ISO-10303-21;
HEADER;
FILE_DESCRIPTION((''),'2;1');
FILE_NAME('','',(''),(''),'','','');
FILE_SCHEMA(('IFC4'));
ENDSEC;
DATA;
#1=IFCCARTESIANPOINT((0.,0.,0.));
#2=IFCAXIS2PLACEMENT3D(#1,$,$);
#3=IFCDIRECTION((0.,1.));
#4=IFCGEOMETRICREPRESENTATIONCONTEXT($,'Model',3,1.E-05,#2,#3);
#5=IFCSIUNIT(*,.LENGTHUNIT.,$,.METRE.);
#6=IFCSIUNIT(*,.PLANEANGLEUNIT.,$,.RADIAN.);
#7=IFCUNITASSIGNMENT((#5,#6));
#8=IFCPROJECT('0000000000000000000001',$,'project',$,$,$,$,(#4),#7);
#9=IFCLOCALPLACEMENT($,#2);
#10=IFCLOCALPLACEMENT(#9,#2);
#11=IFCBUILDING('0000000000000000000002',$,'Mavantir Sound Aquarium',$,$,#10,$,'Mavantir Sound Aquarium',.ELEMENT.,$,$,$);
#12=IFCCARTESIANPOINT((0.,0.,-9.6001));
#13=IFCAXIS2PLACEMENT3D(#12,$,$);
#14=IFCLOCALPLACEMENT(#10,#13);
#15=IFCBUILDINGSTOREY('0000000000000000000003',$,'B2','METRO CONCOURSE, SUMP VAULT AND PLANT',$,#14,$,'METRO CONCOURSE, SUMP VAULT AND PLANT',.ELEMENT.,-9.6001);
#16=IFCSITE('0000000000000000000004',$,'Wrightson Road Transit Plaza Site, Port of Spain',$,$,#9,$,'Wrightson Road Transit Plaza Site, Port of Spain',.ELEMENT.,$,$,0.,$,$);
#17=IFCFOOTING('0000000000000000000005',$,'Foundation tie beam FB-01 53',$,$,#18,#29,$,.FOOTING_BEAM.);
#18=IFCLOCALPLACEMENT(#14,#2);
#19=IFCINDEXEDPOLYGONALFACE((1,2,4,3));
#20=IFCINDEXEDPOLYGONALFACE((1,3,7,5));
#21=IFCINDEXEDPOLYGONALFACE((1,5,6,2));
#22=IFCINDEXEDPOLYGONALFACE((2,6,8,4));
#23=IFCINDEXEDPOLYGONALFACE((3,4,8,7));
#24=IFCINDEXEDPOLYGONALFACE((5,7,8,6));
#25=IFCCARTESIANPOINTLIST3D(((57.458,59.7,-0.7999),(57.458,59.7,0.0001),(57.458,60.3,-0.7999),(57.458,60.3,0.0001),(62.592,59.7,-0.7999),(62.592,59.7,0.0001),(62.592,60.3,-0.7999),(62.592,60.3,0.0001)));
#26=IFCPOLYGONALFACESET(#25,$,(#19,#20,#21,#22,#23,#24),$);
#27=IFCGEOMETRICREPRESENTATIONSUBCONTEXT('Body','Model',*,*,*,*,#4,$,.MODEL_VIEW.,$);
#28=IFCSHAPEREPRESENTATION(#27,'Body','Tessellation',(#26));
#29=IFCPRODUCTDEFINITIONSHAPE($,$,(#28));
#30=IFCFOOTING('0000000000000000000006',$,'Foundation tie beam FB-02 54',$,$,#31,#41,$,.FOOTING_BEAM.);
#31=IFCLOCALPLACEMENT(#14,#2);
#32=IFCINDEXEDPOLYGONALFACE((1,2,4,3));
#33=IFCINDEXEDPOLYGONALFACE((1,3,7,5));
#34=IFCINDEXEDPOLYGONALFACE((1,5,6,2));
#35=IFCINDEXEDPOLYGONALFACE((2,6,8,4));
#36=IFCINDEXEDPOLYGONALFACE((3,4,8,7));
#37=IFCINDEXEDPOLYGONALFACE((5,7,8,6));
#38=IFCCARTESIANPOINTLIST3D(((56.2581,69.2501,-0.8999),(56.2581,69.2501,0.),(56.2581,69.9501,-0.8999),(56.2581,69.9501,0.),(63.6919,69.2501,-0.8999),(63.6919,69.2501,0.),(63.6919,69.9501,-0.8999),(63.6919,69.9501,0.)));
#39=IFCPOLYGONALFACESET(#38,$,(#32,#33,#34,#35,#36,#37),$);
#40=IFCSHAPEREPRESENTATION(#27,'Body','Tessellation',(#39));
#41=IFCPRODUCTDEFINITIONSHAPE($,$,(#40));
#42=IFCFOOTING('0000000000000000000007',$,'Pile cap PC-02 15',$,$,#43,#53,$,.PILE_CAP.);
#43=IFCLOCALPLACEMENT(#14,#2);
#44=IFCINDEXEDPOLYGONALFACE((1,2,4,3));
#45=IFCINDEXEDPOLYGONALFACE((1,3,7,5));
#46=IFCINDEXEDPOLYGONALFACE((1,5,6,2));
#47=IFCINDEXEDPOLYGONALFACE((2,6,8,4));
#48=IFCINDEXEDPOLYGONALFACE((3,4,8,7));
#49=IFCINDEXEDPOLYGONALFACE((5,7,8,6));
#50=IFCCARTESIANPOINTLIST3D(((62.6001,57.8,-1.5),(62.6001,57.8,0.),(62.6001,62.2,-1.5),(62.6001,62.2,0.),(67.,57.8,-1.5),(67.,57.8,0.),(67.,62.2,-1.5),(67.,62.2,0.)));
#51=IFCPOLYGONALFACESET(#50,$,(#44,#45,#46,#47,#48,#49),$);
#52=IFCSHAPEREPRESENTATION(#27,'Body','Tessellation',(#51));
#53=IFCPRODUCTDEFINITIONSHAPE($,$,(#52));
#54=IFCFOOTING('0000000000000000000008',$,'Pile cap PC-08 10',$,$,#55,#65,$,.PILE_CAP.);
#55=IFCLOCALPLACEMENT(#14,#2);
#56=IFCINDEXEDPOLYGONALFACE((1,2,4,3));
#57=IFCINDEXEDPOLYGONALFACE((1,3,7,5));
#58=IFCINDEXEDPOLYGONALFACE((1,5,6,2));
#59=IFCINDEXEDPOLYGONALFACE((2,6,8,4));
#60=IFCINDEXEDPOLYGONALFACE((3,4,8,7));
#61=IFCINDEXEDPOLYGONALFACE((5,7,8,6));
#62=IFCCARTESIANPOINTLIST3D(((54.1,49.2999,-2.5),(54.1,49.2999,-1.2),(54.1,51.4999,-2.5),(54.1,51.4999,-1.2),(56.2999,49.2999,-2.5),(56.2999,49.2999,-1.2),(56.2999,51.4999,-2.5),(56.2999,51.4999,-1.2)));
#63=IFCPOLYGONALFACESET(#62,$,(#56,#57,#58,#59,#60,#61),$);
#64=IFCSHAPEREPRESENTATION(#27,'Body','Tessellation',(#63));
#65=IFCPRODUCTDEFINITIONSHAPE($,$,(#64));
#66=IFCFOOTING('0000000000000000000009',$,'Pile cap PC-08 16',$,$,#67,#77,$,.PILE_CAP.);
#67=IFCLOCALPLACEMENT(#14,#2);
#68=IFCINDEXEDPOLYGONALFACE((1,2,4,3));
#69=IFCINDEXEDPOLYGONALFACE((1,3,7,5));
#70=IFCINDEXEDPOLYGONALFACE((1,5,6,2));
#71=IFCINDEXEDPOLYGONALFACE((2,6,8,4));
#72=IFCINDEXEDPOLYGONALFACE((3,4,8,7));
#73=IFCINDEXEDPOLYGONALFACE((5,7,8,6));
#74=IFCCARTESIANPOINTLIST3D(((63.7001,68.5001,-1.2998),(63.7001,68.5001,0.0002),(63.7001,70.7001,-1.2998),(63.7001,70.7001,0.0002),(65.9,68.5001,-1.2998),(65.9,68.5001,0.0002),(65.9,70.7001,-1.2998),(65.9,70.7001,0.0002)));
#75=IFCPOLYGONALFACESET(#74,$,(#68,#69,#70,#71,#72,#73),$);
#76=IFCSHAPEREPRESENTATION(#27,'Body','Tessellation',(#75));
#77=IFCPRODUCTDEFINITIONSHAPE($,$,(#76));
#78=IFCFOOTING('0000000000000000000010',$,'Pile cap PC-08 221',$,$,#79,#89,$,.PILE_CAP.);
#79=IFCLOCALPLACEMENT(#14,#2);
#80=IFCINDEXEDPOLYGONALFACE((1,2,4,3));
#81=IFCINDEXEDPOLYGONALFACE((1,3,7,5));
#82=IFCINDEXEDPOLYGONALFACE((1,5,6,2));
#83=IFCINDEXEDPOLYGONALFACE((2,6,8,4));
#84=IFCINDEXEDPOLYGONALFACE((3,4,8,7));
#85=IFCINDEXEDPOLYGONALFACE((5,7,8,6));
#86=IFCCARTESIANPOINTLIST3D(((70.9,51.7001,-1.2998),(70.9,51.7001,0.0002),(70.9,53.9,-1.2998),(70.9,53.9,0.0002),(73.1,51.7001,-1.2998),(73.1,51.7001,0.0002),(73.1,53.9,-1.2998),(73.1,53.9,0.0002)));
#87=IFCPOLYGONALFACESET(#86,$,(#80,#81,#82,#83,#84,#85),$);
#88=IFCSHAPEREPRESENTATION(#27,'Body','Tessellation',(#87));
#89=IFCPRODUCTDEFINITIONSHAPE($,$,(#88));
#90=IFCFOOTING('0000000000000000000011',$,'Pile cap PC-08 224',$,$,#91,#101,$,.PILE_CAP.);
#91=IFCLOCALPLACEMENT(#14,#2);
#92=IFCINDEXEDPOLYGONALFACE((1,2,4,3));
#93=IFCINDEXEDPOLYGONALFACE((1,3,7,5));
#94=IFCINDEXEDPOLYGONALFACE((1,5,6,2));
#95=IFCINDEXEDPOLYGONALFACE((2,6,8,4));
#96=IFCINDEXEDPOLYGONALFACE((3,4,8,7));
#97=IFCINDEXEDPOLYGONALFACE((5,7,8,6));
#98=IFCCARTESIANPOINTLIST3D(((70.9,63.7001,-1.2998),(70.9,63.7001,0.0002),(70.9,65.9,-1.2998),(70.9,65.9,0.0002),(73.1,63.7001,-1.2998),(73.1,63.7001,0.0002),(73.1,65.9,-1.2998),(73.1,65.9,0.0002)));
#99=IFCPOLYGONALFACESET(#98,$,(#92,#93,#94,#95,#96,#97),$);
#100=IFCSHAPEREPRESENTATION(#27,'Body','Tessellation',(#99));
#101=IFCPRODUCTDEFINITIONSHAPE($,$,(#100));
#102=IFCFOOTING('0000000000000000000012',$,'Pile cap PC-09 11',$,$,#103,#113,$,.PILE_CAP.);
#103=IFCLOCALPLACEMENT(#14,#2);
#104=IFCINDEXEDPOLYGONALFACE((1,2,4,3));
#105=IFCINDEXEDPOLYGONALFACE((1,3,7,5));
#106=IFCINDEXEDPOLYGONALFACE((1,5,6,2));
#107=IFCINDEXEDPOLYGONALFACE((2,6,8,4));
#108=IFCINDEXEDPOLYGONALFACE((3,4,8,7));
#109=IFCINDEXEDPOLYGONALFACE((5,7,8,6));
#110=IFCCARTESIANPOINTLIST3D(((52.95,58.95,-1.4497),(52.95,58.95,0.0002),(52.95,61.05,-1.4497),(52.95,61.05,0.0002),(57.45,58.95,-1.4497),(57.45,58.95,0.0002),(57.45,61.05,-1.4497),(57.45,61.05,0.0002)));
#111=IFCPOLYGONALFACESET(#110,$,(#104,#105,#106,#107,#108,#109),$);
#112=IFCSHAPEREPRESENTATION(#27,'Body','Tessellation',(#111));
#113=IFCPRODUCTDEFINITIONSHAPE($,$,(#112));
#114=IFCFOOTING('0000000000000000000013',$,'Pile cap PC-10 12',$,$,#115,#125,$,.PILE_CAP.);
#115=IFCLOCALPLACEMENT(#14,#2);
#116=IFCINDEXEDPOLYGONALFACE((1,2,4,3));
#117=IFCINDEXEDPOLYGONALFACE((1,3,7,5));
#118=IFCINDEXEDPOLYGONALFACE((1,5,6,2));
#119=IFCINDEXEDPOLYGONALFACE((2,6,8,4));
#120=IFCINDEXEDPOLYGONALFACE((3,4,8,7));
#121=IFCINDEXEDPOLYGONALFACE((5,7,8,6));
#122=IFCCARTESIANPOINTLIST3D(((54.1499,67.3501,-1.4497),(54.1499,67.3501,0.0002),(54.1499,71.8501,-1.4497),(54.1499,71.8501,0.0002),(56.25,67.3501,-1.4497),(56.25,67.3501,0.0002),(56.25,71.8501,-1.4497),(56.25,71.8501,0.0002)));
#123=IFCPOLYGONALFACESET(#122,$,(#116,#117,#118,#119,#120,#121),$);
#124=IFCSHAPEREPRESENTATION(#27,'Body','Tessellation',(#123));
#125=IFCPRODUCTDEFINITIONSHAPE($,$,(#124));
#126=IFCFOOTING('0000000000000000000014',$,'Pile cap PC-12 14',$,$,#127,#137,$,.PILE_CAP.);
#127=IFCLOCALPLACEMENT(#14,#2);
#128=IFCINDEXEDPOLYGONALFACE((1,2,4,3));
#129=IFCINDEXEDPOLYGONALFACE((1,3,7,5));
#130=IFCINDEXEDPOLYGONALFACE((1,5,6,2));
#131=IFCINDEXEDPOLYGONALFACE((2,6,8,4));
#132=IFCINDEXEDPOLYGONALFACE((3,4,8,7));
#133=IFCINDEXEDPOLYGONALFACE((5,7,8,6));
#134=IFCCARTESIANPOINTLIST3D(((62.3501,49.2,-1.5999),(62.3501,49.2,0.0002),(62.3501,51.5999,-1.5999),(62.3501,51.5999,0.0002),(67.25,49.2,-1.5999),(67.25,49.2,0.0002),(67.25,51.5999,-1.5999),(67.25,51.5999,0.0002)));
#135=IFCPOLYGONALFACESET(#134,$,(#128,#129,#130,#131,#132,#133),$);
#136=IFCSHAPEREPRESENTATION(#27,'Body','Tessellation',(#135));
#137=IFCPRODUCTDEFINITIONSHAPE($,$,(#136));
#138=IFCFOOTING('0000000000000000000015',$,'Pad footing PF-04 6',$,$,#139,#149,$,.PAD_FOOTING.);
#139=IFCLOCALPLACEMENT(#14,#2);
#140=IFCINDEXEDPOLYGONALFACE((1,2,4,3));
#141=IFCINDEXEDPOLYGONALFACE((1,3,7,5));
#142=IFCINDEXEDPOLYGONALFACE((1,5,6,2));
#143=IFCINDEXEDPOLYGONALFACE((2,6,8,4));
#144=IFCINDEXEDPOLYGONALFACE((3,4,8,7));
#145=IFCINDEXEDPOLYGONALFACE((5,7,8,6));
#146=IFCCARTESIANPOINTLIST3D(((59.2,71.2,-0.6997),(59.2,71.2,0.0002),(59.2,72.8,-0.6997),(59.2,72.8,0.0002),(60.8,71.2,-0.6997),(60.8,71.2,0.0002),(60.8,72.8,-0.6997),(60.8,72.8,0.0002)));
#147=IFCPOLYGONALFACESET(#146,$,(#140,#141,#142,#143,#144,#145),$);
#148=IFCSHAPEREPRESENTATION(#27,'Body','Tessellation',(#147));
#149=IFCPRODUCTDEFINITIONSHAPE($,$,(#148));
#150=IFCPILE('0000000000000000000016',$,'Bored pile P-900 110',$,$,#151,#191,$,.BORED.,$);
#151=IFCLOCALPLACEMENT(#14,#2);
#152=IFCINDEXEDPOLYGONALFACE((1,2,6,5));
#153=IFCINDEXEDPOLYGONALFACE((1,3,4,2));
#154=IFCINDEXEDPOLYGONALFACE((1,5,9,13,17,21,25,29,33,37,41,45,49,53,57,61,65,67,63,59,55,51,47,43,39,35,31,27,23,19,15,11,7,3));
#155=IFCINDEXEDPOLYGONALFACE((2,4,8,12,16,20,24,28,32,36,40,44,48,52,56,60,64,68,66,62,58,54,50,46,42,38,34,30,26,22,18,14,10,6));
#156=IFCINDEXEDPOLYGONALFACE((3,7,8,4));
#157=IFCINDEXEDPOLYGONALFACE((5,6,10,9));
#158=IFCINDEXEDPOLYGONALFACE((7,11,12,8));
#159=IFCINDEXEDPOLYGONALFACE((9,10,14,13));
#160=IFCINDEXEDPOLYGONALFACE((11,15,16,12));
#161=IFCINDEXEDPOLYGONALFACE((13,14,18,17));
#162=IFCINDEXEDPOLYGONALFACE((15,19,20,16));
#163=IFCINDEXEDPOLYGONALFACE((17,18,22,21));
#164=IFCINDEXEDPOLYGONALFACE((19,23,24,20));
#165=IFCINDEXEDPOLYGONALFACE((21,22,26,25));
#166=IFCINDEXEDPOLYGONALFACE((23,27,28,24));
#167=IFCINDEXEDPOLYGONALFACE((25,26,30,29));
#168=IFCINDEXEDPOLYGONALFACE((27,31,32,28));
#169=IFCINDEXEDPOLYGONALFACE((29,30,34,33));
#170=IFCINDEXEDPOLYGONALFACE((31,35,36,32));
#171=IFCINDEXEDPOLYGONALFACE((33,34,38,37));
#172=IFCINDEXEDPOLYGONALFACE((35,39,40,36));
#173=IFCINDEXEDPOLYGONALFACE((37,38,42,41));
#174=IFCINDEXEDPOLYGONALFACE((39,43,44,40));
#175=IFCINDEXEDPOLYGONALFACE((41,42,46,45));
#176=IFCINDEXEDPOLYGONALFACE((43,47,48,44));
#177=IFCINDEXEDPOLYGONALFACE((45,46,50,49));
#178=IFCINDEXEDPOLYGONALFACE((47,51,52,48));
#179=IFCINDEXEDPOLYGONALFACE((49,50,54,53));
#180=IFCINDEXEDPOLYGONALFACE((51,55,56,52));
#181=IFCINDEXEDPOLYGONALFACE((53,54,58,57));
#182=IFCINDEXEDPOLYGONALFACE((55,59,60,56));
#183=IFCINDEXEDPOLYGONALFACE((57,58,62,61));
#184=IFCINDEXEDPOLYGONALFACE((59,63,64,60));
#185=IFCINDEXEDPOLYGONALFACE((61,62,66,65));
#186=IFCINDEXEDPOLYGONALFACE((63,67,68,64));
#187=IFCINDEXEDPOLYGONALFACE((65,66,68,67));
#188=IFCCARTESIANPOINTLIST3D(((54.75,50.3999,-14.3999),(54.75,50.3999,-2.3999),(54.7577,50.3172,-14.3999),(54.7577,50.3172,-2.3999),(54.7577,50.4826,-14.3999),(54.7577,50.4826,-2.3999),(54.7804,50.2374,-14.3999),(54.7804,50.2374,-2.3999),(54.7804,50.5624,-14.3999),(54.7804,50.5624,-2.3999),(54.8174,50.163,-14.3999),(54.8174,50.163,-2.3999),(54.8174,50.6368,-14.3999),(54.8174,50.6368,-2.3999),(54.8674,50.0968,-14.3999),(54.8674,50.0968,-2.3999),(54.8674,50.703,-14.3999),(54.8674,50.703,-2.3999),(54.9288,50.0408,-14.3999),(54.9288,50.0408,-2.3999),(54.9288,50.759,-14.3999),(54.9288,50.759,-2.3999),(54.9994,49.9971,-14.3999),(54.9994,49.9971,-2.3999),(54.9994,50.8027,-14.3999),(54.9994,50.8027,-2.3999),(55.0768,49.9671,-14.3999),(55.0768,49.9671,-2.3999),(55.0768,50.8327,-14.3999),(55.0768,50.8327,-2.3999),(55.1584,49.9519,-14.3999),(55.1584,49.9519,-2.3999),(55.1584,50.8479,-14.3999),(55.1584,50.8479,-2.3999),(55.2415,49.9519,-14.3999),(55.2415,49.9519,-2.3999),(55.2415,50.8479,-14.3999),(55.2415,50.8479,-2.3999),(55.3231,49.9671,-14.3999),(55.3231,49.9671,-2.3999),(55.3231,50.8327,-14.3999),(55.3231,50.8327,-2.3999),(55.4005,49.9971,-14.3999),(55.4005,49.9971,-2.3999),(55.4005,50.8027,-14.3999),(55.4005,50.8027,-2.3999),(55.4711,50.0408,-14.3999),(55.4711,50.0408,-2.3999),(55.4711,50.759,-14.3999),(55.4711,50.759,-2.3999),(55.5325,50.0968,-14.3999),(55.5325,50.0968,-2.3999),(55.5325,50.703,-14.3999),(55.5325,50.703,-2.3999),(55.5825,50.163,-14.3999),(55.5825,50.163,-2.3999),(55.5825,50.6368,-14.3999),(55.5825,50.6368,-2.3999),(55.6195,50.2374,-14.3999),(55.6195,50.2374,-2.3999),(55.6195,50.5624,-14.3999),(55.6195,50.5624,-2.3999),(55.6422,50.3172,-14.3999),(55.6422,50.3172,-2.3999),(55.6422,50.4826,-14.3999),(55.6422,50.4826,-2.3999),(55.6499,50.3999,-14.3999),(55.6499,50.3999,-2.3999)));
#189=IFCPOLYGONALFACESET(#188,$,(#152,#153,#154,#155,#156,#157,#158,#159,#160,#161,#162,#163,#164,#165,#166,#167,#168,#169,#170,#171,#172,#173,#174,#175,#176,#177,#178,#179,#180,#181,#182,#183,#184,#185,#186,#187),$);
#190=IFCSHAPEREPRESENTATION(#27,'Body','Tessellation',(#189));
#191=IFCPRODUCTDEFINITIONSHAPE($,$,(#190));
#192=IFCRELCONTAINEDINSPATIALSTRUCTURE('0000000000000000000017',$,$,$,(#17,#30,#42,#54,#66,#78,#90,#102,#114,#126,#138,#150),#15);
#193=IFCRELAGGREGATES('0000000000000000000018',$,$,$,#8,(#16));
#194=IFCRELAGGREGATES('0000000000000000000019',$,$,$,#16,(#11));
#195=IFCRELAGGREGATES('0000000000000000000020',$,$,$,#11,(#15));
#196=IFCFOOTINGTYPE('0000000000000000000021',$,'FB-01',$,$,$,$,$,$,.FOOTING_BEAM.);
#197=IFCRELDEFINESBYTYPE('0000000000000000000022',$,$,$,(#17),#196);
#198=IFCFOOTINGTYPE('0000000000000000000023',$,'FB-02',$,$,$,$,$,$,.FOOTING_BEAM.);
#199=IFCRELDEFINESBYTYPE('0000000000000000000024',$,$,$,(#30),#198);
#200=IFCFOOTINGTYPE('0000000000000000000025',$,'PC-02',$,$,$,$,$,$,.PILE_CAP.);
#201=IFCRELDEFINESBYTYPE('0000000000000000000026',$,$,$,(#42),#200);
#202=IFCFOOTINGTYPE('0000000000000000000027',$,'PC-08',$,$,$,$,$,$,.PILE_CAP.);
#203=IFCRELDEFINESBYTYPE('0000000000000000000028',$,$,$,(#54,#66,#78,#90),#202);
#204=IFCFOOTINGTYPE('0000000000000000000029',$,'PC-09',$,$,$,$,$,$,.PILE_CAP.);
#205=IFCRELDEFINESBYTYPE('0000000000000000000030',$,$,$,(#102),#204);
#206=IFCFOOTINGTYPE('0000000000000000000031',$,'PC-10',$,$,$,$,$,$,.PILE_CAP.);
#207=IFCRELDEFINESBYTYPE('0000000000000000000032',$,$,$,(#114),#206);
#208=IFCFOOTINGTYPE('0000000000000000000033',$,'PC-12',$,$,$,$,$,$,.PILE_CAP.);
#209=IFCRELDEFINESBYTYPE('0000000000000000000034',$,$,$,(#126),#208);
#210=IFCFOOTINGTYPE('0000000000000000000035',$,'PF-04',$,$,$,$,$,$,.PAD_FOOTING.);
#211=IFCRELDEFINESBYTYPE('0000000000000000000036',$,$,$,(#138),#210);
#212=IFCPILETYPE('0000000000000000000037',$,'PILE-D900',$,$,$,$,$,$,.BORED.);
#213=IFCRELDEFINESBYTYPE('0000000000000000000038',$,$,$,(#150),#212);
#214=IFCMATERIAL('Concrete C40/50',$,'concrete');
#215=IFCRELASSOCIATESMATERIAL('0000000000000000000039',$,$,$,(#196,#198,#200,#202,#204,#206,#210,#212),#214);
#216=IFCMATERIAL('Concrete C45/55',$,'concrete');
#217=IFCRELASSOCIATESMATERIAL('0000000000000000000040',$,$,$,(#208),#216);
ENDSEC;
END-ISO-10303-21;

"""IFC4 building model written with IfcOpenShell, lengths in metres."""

from ifc_helpers import new_model, si_unit, direction, frame, origin, origin_2d, place, context, subcontext, project, spatial, rectangle, circle, extrude, material, material_profile, profile_set, type_object, element, save


model = new_model("IFC4")

# Units and contexts
model_context = context("Model", 3, precision=1e-05, world=origin(), true_north=direction((0.0, 1.0)))
body_context = subcontext(model_context, "Body", "Model", "MODEL_VIEW")
ifc_project = project(units=[si_unit("LENGTHUNIT", "METRE"), si_unit("PLANEANGLEUNIT", "RADIAN")], contexts=[model_context])

# Site, building, storey
site_placement = place(None, origin())
site = spatial("IfcSite", under=ifc_project, at=site_placement, Name="Wrightson Road Transit Plaza Site, Port of Spain", LongName="Wrightson Road Transit Plaza Site, Port of Spain", CompositionType="ELEMENT", RefElevation=0.0)
building_placement = place(site_placement, origin())
building = spatial("IfcBuilding", under=site, at=building_placement, Name="Mavantir Sound Aquarium", LongName="Mavantir Sound Aquarium", CompositionType="ELEMENT")
storey_placement = place(building_placement, frame((0.0, 0.0, -9.6001)))
storey = spatial("IfcBuildingStorey", under=building, at=storey_placement, Name="B2", Description="METRO CONCOURSE, SUMP VAULT AND PLANT", LongName="METRO CONCOURSE, SUMP VAULT AND PLANT", CompositionType="ELEMENT", Elevation=-9.6001)

# Footings
ifc_material_1 = material(Name="Concrete C40/50", Category="concrete")
ifc_material_profile_1 = material_profile(ifc_material_1, rectangle(XDim=0.6001, YDim=0.8, at=origin_2d()), Name="RC 600X800")
ifc_profile_set_1 = profile_set([ifc_material_profile_1], Name="Concrete C40/50")
footing_type_1 = type_object("IfcFootingType", Name="FB-01", PredefinedType="FOOTING_BEAM", material=ifc_profile_set_1)
footing_1_placement = place(storey_placement, frame((57.458, 60.0, -0.3999), z_axis=(1.0, 0.0, 0.0), x_axis=(0.0, 1.0, 0.0)))
element("IfcFooting", 1, at=footing_1_placement, inside=storey, type_object=footing_type_1, Name="Foundation tie beam FB-01 53", PredefinedType="FOOTING_BEAM", context=body_context, shape_type="SweptSolid", body=[
    extrude(rectangle(XDim=0.6001, YDim=0.8, at=origin_2d()), origin(), (0.0, 0.0, 1.0), 5.134),
])
ifc_material_profile_2 = material_profile(ifc_material_1, rectangle(XDim=0.7, YDim=0.8999, at=origin_2d()), Name="RC 700X900")
ifc_profile_set_2 = profile_set([ifc_material_profile_2], Name="Concrete C40/50")
footing_type_2 = type_object("IfcFootingType", Name="FB-02", PredefinedType="FOOTING_BEAM", material=ifc_profile_set_2)
footing_2_placement = place(storey_placement, frame((56.2581, 69.6001, -0.45), z_axis=(1.0, 0.0, 0.0), x_axis=(0.0, 1.0, 0.0)))
element("IfcFooting", 2, at=footing_2_placement, inside=storey, type_object=footing_type_2, Name="Foundation tie beam FB-02 54", PredefinedType="FOOTING_BEAM", context=body_context, shape_type="SweptSolid", body=[
    extrude(rectangle(XDim=0.7, YDim=0.8999, at=origin_2d()), origin(), (0.0, 0.0, 1.0), 7.4338),
])
footing_type_3 = type_object("IfcFootingType", Name="PC-02", PredefinedType="PILE_CAP", material=ifc_material_1)
footing_3_placement = place(storey_placement, frame((64.8, 60.0, -1.5), z_axis=(0.0, 0.0, 1.0), x_axis=(1.0, 0.0, 0.0)))
element("IfcFooting", 3, at=footing_3_placement, inside=storey, type_object=footing_type_3, Name="Pile cap PC-02 15", PredefinedType="PILE_CAP", context=body_context, shape_type="SweptSolid", body=[
    extrude(rectangle(XDim=4.3999, YDim=4.3999, at=origin_2d()), origin(), (0.0, 0.0, 1.0), 1.5),
])
footing_type_4 = type_object("IfcFootingType", Name="PC-08", PredefinedType="PILE_CAP", material=ifc_material_1)
for number, where, z_axis, x_axis, name in (
    (4, (55.2, 50.3999, -2.5), (0.0, 0.0, 1.0), (1.0, 0.0, 0.0), "Pile cap PC-08 10"),
    (5, (64.8, 69.6001, -1.2998), (0.0, 0.0, 1.0), (1.0, 0.0, 0.0), "Pile cap PC-08 16"),
    (6, (72.0, 52.8, -1.2998), (0.0, 0.0, 1.0), (1.0, 0.0, 0.0), "Pile cap PC-08 221"),
    (7, (72.0, 64.8, -1.2998), (0.0, 0.0, 1.0), (1.0, 0.0, 0.0), "Pile cap PC-08 224"),
):
    element("IfcFooting", number, at=place(storey_placement, frame(where, z_axis=z_axis, x_axis=x_axis)), inside=storey, type_object=footing_type_4, Name=name, PredefinedType="PILE_CAP", context=body_context, shape_type="SweptSolid", body=[
        extrude(rectangle(XDim=2.2, YDim=2.2, at=origin_2d()), origin(), (0.0, 0.0, 1.0), 1.3),
    ])
footing_type_5 = type_object("IfcFootingType", Name="PC-09", PredefinedType="PILE_CAP", material=ifc_material_1)
footing_4_placement = place(storey_placement, frame((55.2, 60.0, -1.4497), z_axis=(0.0, 0.0, 1.0), x_axis=(1.0, 0.0, 0.0)))
element("IfcFooting", 8, at=footing_4_placement, inside=storey, type_object=footing_type_5, Name="Pile cap PC-09 11", PredefinedType="PILE_CAP", context=body_context, shape_type="SweptSolid", body=[
    extrude(rectangle(XDim=4.5, YDim=2.1001, at=origin_2d()), origin(), (0.0, 0.0, 1.0), 1.45),
])
footing_type_6 = type_object("IfcFootingType", Name="PC-10", PredefinedType="PILE_CAP", material=ifc_material_1)
footing_5_placement = place(storey_placement, frame((55.2, 69.6001, -1.4497), z_axis=(0.0, 0.0, 1.0), x_axis=(1.0, 0.0, 0.0)))
element("IfcFooting", 9, at=footing_5_placement, inside=storey, type_object=footing_type_6, Name="Pile cap PC-10 12", PredefinedType="PILE_CAP", context=body_context, shape_type="SweptSolid", body=[
    extrude(rectangle(XDim=2.1001, YDim=4.5, at=origin_2d()), origin(), (0.0, 0.0, 1.0), 1.45),
])
ifc_material_2 = material(Name="Concrete C45/55", Category="concrete")
footing_type_7 = type_object("IfcFootingType", Name="PC-12", PredefinedType="PILE_CAP", material=ifc_material_2)
footing_6_placement = place(storey_placement, frame((64.8, 50.3999, -1.5999), z_axis=(0.0, 0.0, 1.0), x_axis=(1.0, 0.0, 0.0)))
element("IfcFooting", 10, at=footing_6_placement, inside=storey, type_object=footing_type_7, Name="Pile cap PC-12 14", PredefinedType="PILE_CAP", context=body_context, shape_type="SweptSolid", body=[
    extrude(rectangle(XDim=4.8999, YDim=2.3999, at=origin_2d()), origin(), (0.0, 0.0, 1.0), 1.6001),
])
footing_type_8 = type_object("IfcFootingType", Name="PF-04", PredefinedType="PAD_FOOTING", material=ifc_material_1)
footing_7_placement = place(storey_placement, frame((60.0, 72.0, -0.6997), z_axis=(0.0, 0.0, 1.0), x_axis=(1.0, 0.0, 0.0)))
element("IfcFooting", 11, at=footing_7_placement, inside=storey, type_object=footing_type_8, Name="Pad footing PF-04 6", PredefinedType="PAD_FOOTING", context=body_context, shape_type="SweptSolid", body=[
    extrude(rectangle(XDim=1.6001, YDim=1.6001, at=origin_2d()), origin(), (0.0, 0.0, 1.0), 0.7),
])

# Pile
ifc_material_profile_3 = material_profile(ifc_material_1, circle(Radius=0.45, at=origin_2d()), Name="PILE D900")
ifc_profile_set_3 = profile_set([ifc_material_profile_3], Name="Concrete C40/50")
pile_type = type_object("IfcPileType", Name="PILE-D900", PredefinedType="BORED", material=ifc_profile_set_3)
pile_placement = place(storey_placement, frame((55.2, 50.3999, -2.3999), z_axis=(0.0, 0.0, -1.0), x_axis=(1.0, 0.0, 0.0)))
element("IfcPile", 12, at=pile_placement, inside=storey, type_object=pile_type, Name="Bored pile P-900 110", PredefinedType="BORED", context=body_context, shape_type="SweptSolid", body=[
    extrude(circle(Radius=0.45, at=origin_2d()), origin(), (0.0, 0.0, 1.0), 12.0),
])

save(model, "model.ifc")
